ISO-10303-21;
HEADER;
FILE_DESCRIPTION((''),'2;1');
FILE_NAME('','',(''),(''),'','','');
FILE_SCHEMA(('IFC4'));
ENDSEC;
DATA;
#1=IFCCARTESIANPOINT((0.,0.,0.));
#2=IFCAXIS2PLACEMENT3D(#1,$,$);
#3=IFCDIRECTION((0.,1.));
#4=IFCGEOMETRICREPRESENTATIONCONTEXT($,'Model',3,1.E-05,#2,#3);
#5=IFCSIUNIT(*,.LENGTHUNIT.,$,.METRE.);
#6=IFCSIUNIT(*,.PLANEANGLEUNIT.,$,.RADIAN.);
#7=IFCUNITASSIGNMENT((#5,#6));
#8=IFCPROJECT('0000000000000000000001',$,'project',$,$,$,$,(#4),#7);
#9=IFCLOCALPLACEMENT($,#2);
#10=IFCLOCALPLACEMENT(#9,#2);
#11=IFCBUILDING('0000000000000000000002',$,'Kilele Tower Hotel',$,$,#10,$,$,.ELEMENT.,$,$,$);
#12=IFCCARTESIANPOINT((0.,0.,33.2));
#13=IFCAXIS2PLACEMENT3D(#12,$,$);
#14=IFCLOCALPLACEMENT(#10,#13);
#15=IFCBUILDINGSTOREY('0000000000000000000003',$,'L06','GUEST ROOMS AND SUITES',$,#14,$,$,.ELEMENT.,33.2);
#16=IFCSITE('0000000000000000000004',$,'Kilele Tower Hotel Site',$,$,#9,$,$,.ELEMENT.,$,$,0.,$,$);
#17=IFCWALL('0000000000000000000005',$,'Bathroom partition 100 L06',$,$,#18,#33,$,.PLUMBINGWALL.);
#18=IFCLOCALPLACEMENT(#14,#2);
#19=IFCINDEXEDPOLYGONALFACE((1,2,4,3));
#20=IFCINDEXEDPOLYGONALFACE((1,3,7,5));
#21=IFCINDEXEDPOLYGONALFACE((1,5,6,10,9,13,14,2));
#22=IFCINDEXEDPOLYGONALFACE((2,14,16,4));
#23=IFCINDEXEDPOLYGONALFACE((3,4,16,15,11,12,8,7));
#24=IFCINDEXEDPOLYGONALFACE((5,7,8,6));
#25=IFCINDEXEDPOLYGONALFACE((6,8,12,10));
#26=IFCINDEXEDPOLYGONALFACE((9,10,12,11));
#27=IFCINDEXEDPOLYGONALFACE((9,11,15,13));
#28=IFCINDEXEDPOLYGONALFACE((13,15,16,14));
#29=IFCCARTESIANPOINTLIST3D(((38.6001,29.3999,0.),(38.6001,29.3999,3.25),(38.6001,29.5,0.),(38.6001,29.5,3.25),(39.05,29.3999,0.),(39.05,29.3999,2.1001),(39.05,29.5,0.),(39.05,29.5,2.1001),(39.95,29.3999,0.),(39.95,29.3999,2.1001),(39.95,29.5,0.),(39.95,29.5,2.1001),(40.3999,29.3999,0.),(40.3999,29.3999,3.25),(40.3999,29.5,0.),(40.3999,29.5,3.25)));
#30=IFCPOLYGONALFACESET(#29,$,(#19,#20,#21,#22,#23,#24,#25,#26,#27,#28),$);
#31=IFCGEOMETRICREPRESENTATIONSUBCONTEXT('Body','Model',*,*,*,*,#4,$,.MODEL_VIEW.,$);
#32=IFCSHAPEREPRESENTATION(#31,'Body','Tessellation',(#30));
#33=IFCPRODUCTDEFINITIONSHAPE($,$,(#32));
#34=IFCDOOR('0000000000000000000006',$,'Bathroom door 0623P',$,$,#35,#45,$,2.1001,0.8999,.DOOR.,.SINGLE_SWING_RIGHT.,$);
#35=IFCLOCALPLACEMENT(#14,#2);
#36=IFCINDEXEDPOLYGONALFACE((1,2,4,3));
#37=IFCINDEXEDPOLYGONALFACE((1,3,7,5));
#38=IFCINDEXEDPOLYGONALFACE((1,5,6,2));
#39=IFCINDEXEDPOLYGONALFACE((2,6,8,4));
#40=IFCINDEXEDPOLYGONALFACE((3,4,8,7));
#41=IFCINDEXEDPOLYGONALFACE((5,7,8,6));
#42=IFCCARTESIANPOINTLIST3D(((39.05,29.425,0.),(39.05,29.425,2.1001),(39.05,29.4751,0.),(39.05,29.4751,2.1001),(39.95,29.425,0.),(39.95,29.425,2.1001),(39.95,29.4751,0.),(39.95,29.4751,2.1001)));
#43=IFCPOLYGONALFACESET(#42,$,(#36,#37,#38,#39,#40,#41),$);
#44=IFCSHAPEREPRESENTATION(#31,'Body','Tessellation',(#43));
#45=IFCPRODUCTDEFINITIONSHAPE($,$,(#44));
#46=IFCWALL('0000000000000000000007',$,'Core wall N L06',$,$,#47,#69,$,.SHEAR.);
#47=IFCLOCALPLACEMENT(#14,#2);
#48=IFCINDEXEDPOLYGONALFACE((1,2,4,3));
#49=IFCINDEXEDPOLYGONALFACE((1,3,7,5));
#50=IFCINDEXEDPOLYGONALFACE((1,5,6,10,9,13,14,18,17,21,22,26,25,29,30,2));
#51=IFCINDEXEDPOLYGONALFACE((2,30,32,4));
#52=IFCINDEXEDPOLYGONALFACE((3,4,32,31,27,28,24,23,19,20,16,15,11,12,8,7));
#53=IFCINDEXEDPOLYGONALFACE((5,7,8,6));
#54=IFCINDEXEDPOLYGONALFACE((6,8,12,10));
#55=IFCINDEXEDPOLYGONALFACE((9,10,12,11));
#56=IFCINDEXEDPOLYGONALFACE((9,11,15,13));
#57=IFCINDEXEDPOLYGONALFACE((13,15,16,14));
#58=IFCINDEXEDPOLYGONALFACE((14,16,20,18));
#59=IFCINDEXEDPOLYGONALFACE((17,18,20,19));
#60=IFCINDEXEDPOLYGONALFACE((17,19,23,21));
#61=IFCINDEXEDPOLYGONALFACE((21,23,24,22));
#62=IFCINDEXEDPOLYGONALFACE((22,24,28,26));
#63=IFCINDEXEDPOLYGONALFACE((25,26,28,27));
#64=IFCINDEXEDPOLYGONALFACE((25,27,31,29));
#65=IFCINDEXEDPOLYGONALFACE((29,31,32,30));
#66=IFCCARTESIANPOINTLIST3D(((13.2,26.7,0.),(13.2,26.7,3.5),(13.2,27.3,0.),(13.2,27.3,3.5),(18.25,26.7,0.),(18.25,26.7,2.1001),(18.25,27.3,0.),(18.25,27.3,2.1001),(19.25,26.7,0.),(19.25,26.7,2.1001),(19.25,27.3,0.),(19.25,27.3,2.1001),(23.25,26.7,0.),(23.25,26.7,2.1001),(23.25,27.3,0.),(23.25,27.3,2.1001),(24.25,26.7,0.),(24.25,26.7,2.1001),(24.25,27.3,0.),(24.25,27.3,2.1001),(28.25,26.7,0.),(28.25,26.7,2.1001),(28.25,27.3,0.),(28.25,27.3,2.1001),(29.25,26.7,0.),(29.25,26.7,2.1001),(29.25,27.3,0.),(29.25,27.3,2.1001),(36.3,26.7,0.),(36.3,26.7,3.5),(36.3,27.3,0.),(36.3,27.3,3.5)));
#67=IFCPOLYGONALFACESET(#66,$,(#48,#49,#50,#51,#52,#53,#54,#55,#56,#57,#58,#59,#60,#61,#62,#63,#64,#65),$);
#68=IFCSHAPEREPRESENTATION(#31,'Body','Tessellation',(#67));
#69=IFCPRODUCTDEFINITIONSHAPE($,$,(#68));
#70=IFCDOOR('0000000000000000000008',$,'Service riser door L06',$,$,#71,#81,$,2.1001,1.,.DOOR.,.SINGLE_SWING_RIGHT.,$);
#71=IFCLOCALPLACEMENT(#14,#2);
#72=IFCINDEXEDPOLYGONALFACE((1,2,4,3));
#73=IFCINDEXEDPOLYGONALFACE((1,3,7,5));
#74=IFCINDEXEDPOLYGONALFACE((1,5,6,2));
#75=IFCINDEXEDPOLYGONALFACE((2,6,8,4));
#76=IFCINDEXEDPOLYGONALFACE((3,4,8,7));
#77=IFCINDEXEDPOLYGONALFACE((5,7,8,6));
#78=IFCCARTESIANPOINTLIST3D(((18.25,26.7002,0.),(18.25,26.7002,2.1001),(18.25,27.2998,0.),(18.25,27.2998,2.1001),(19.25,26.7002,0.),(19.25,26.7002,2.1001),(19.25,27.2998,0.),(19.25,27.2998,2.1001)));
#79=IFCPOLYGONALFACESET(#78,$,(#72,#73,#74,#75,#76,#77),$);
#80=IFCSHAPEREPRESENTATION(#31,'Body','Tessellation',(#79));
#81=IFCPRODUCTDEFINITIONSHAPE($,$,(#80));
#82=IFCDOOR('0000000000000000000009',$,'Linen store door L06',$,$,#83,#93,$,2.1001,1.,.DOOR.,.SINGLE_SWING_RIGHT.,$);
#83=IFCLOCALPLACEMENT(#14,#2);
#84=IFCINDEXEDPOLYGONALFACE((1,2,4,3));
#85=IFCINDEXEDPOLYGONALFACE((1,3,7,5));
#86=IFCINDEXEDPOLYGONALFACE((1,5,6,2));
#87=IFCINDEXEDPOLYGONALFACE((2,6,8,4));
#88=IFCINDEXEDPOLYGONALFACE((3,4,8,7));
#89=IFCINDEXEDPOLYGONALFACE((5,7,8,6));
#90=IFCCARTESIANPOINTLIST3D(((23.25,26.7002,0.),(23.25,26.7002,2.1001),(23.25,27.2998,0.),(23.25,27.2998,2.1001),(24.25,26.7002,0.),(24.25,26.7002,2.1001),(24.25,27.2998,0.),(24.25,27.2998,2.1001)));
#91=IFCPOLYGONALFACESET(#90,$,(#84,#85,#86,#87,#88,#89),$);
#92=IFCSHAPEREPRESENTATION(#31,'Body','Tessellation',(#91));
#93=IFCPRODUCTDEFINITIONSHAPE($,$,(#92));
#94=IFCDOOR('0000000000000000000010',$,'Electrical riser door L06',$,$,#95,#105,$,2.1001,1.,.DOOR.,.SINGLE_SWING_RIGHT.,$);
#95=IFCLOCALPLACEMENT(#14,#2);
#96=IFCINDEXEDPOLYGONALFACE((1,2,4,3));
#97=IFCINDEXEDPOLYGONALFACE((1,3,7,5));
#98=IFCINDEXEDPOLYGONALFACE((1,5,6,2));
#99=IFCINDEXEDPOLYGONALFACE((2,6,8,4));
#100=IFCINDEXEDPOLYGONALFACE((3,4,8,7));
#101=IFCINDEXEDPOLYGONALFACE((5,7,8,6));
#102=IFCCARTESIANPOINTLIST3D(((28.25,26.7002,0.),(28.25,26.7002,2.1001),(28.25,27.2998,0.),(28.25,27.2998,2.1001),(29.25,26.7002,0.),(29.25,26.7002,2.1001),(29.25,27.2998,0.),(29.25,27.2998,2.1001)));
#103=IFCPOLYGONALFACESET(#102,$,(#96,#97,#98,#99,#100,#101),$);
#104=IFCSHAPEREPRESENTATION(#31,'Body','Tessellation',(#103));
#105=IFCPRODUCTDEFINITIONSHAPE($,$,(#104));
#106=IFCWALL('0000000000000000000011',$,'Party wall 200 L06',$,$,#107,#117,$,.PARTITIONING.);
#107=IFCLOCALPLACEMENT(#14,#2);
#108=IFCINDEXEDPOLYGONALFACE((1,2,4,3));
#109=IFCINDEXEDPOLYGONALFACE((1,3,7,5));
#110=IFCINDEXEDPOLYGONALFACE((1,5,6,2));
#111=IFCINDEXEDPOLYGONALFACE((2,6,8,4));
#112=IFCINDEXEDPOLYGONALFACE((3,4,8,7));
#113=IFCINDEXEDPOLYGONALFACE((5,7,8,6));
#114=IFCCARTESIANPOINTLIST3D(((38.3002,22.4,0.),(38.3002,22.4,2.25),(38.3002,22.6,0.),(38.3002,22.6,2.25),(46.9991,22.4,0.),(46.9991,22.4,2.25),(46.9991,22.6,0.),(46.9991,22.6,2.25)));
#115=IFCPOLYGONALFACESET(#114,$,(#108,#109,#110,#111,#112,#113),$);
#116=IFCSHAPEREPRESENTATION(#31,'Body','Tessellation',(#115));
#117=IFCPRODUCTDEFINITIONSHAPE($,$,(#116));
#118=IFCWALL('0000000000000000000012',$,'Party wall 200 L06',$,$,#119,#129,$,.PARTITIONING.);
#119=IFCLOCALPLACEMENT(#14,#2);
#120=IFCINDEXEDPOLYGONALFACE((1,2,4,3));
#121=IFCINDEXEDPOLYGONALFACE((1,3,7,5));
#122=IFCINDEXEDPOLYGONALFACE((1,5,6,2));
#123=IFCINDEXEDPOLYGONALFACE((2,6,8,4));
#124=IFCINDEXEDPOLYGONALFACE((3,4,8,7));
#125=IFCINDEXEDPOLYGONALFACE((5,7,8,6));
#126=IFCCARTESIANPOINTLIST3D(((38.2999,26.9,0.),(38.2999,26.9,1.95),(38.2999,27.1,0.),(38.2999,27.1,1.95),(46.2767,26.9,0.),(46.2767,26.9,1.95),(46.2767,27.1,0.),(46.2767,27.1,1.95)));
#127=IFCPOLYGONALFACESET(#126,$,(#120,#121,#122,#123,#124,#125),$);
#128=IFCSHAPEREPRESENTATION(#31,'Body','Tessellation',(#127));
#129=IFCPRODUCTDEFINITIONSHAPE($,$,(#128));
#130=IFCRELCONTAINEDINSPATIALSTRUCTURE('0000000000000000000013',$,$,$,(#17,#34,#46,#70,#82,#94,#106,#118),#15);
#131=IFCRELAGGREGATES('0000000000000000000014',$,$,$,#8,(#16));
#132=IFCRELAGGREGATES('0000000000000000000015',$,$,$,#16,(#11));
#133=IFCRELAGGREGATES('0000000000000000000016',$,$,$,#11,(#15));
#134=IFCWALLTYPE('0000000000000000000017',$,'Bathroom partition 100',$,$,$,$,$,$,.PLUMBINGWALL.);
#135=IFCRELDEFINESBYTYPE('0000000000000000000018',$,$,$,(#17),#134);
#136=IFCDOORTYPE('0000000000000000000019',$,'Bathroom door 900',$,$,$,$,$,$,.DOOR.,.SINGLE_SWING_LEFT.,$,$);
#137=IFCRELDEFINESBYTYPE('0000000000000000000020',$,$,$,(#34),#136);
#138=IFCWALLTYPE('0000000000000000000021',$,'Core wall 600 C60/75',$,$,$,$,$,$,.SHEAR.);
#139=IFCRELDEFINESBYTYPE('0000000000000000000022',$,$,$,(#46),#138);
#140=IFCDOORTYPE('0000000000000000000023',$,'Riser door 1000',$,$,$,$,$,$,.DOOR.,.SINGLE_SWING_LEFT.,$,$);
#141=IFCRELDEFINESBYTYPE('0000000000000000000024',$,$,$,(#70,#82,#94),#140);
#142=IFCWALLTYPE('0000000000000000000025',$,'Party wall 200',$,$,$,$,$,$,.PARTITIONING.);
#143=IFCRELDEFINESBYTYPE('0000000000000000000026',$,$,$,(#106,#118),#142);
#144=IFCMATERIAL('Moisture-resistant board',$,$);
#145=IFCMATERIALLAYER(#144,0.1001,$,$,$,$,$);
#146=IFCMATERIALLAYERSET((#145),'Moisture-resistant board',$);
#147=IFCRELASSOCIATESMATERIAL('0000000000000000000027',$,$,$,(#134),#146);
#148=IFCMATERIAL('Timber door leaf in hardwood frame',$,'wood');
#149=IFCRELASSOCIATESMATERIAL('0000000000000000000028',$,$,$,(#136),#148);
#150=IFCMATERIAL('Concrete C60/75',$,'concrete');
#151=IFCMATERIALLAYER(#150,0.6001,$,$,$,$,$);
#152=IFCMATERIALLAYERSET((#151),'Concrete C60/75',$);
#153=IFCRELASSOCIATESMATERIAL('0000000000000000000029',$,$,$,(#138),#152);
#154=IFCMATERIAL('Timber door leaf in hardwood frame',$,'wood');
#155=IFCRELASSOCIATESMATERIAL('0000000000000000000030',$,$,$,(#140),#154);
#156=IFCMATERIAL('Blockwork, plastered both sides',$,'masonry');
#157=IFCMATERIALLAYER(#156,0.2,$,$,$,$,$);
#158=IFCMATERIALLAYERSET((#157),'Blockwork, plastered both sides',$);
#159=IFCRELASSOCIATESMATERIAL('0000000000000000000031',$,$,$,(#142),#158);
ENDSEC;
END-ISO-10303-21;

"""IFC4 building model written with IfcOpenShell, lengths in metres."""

from ifc_helpers import new_model, si_unit, direction, frame, frame_2d, origin, place, context, subcontext, project, spatial, rectangle, extrude, material, layer, layer_set, type_object, element, fill, save


model = new_model("IFC4")

# Units and contexts
model_context = context("Model", 3, precision=1e-05, world=origin(), true_north=direction((0.0, 1.0)))
body_context = subcontext(model_context, "Body", "Model", "MODEL_VIEW")
ifc_project = project(units=[si_unit("LENGTHUNIT", "METRE"), si_unit("PLANEANGLEUNIT", "RADIAN")], contexts=[model_context])

# Site, building, storey
site_placement = place(None, origin())
site = spatial("IfcSite", under=ifc_project, at=site_placement, Name="Kilele Tower Hotel Site", CompositionType="ELEMENT", RefElevation=0.0)
building_placement = place(site_placement, origin())
building = spatial("IfcBuilding", under=site, at=building_placement, Name="Kilele Tower Hotel", CompositionType="ELEMENT")
storey_placement = place(building_placement, frame((0.0, 0.0, 33.2)))
storey = spatial("IfcBuildingStorey", under=building, at=storey_placement, Name="L06", Description="GUEST ROOMS AND SUITES", CompositionType="ELEMENT", Elevation=33.2)

# Shared definitions
ifc_material_1 = material(Name="Moisture-resistant board")
ifc_layer_1 = layer(ifc_material_1, 0.1001)
ifc_layer_set_1 = layer_set([ifc_layer_1], Name="Moisture-resistant board")
wall_type_1 = type_object("IfcWallType", Name="Bathroom partition 100", PredefinedType="PLUMBINGWALL", material=ifc_layer_set_1)
ifc_material_2 = material(Name="Timber door leaf in hardwood frame", Category="wood")
door_type_1 = type_object("IfcDoorType", Name="Bathroom door 900", OperationType="SINGLE_SWING_LEFT", PredefinedType="DOOR", material=ifc_material_2)

# Wall, opening, door
wall_1_placement = place(storey_placement, frame((38.6001, 29.45, 0.0), z_axis=(0.0, 0.0, 1.0), x_axis=(1.0, 0.0, 0.0)))
wall_1 = element("IfcWall", 1, at=wall_1_placement, inside=storey, type_object=wall_type_1, Name="Bathroom partition 100 L06", PredefinedType="PLUMBINGWALL", context=body_context, shape_type="SweptSolid", body=[
    extrude(rectangle(XDim=1.7998, YDim=0.1001, at=frame_2d((0.8999, 0.0))), origin(), (0.0, 0.0, 1.0), 3.25),
])
opening_1_placement = place(wall_1_placement, frame((1.3499, 0.0, 0.0), z_axis=(0.0, 0.0, 1.0), x_axis=(-1.0, 0.0, 0.0)))
opening_1 = element("IfcOpeningElement", 2, at=opening_1_placement, cuts=wall_1, PredefinedType="OPENING", context=body_context, shape_type="SweptSolid", body=[
    extrude(rectangle(XDim=0.8999, YDim=2.1001, at=frame_2d((0.45, 1.05))), frame((0.0, 0.0601, 0.0), z_axis=(0.0, -1.0, 0.0), x_axis=(1.0, 0.0, 0.0)), (0.0, 0.0, 1.0), 0.1201),
])
door_1_placement = place(opening_1_placement, origin())
door_1 = element("IfcDoor", 3, at=door_1_placement, inside=storey, type_object=door_type_1, Name="Bathroom door 0623P", OperationType="SINGLE_SWING_RIGHT", OverallHeight=2.1001, OverallWidth=0.8999, PredefinedType="DOOR", context=body_context, shape_type="SweptSolid", body=[
    extrude(rectangle(XDim=0.8999, YDim=2.1001, at=frame_2d((0.45, 1.05))), frame((0.0, 0.0249, 0.0), z_axis=(0.0, -1.0, 0.0), x_axis=(1.0, 0.0, 0.0)), (0.0, 0.0, 1.0), 0.05),
])
fill(opening_1, door_1)

# Wall, openings, doors
ifc_material_3 = material(Name="Concrete C60/75", Category="concrete")
ifc_layer_2 = layer(ifc_material_3, 0.6001)
ifc_layer_set_2 = layer_set([ifc_layer_2], Name="Concrete C60/75")
wall_type_2 = type_object("IfcWallType", Name="Core wall 600 C60/75", PredefinedType="SHEAR", material=ifc_layer_set_2)
wall_2_placement = place(storey_placement, frame((36.3, 27.0, 0.0), z_axis=(0.0, 0.0, 1.0), x_axis=(-1.0, 0.0, 0.0)))
wall_2 = element("IfcWall", 4, at=wall_2_placement, inside=storey, type_object=wall_type_2, Name="Core wall N L06", PredefinedType="SHEAR", context=body_context, shape_type="SweptSolid", body=[
    extrude(rectangle(XDim=23.1001, YDim=0.6001, at=frame_2d((11.55, 0.0))), origin(), (0.0, 0.0, 1.0), 3.5),
])
opening_2_placement = place(wall_2_placement, frame((17.05, 0.0, 0.0)))
opening_2 = element("IfcOpeningElement", 5, at=opening_2_placement, cuts=wall_2, PredefinedType="OPENING", context=body_context, shape_type="SweptSolid", body=[
    extrude(rectangle(XDim=1.0, YDim=2.1001, at=frame_2d((0.5, 1.05))), frame((0.0, 0.3101, 0.0), z_axis=(0.0, -1.0, 0.0), x_axis=(1.0, 0.0, 0.0)), (0.0, 0.0, 1.0), 0.6201),
])
opening_3_placement = place(wall_2_placement, frame((12.05, 0.0, 0.0)))
opening_3 = element("IfcOpeningElement", 6, at=opening_3_placement, cuts=wall_2, PredefinedType="OPENING", context=body_context, shape_type="SweptSolid", body=[
    extrude(rectangle(XDim=1.0, YDim=2.1001, at=frame_2d((0.5, 1.05))), frame((0.0, 0.3101, 0.0), z_axis=(0.0, -1.0, 0.0), x_axis=(1.0, 0.0, 0.0)), (0.0, 0.0, 1.0), 0.6201),
])
opening_4_placement = place(wall_2_placement, frame((7.05, 0.0, 0.0)))
opening_4 = element("IfcOpeningElement", 7, at=opening_4_placement, cuts=wall_2, PredefinedType="OPENING", context=body_context, shape_type="SweptSolid", body=[
    extrude(rectangle(XDim=1.0, YDim=2.1001, at=frame_2d((0.5, 1.05))), frame((0.0, 0.3101, 0.0), z_axis=(0.0, -1.0, 0.0), x_axis=(1.0, 0.0, 0.0)), (0.0, 0.0, 1.0), 0.6201),
])
ifc_material_4 = material(Name="Timber door leaf in hardwood frame", Category="wood")
door_type_2 = type_object("IfcDoorType", Name="Riser door 1000", OperationType="SINGLE_SWING_LEFT", PredefinedType="DOOR", material=ifc_material_4)
door_2_placement = place(opening_2_placement, origin())
door_2 = element("IfcDoor", 8, at=door_2_placement, inside=storey, type_object=door_type_2, Name="Service riser door L06", OperationType="SINGLE_SWING_RIGHT", OverallHeight=2.1001, OverallWidth=1.0, PredefinedType="DOOR", context=body_context, shape_type="SweptSolid", body=[
    extrude(rectangle(XDim=1.0, YDim=2.1001, at=frame_2d((0.5, 1.05))), frame((0.0, 0.2998, 0.0), z_axis=(0.0, -1.0, 0.0), x_axis=(1.0, 0.0, 0.0)), (0.0, 0.0, 1.0), 0.5996),
])
fill(opening_2, door_2)
door_3_placement = place(opening_3_placement, origin())
door_3 = element("IfcDoor", 9, at=door_3_placement, inside=storey, type_object=door_type_2, Name="Linen store door L06", OperationType="SINGLE_SWING_RIGHT", OverallHeight=2.1001, OverallWidth=1.0, PredefinedType="DOOR", context=body_context, shape_type="SweptSolid", body=[
    extrude(rectangle(XDim=1.0, YDim=2.1001, at=frame_2d((0.5, 1.05))), frame((0.0, 0.2998, 0.0), z_axis=(0.0, -1.0, 0.0), x_axis=(1.0, 0.0, 0.0)), (0.0, 0.0, 1.0), 0.5996),
])
fill(opening_3, door_3)
door_4_placement = place(opening_4_placement, origin())
door_4 = element("IfcDoor", 10, at=door_4_placement, inside=storey, type_object=door_type_2, Name="Electrical riser door L06", OperationType="SINGLE_SWING_RIGHT", OverallHeight=2.1001, OverallWidth=1.0, PredefinedType="DOOR", context=body_context, shape_type="SweptSolid", body=[
    extrude(rectangle(XDim=1.0, YDim=2.1001, at=frame_2d((0.5, 1.05))), frame((0.0, 0.2998, 0.0), z_axis=(0.0, -1.0, 0.0), x_axis=(1.0, 0.0, 0.0)), (0.0, 0.0, 1.0), 0.5996),
])
fill(opening_4, door_4)

# Walls
ifc_material_5 = material(Name="Blockwork, plastered both sides", Category="masonry")
ifc_layer_3 = layer(ifc_material_5, 0.2)
ifc_layer_set_3 = layer_set([ifc_layer_3], Name="Blockwork, plastered both sides")
wall_type_3 = type_object("IfcWallType", Name="Party wall 200", PredefinedType="PARTITIONING", material=ifc_layer_set_3)
wall_3_placement = place(storey_placement, frame((38.3, 22.5, 0.0), z_axis=(0.0, 0.0, 1.0), x_axis=(1.0, 0.0, 0.0)))
element("IfcWall", 11, at=wall_3_placement, inside=storey, type_object=wall_type_3, Name="Party wall 200 L06", PredefinedType="PARTITIONING", context=body_context, shape_type="SweptSolid", body=[
    extrude(rectangle(XDim=8.699, YDim=0.2, at=frame_2d((4.3496, 0.0))), origin(), (0.0, 0.0, 1.0), 2.25),
])
wall_4_placement = place(storey_placement, frame((38.3, 27.0, 0.0), z_axis=(0.0, 0.0, 1.0), x_axis=(1.0, 0.0, 0.0)))
element("IfcWall", 12, at=wall_4_placement, inside=storey, type_object=wall_type_3, Name="Party wall 200 L06", PredefinedType="PARTITIONING", context=body_context, shape_type="SweptSolid", body=[
    extrude(rectangle(XDim=7.9768, YDim=0.2, at=frame_2d((3.9883, 0.0))), origin(), (0.0, 0.0, 1.0), 1.95),
])

save(model, "model.ifc")
